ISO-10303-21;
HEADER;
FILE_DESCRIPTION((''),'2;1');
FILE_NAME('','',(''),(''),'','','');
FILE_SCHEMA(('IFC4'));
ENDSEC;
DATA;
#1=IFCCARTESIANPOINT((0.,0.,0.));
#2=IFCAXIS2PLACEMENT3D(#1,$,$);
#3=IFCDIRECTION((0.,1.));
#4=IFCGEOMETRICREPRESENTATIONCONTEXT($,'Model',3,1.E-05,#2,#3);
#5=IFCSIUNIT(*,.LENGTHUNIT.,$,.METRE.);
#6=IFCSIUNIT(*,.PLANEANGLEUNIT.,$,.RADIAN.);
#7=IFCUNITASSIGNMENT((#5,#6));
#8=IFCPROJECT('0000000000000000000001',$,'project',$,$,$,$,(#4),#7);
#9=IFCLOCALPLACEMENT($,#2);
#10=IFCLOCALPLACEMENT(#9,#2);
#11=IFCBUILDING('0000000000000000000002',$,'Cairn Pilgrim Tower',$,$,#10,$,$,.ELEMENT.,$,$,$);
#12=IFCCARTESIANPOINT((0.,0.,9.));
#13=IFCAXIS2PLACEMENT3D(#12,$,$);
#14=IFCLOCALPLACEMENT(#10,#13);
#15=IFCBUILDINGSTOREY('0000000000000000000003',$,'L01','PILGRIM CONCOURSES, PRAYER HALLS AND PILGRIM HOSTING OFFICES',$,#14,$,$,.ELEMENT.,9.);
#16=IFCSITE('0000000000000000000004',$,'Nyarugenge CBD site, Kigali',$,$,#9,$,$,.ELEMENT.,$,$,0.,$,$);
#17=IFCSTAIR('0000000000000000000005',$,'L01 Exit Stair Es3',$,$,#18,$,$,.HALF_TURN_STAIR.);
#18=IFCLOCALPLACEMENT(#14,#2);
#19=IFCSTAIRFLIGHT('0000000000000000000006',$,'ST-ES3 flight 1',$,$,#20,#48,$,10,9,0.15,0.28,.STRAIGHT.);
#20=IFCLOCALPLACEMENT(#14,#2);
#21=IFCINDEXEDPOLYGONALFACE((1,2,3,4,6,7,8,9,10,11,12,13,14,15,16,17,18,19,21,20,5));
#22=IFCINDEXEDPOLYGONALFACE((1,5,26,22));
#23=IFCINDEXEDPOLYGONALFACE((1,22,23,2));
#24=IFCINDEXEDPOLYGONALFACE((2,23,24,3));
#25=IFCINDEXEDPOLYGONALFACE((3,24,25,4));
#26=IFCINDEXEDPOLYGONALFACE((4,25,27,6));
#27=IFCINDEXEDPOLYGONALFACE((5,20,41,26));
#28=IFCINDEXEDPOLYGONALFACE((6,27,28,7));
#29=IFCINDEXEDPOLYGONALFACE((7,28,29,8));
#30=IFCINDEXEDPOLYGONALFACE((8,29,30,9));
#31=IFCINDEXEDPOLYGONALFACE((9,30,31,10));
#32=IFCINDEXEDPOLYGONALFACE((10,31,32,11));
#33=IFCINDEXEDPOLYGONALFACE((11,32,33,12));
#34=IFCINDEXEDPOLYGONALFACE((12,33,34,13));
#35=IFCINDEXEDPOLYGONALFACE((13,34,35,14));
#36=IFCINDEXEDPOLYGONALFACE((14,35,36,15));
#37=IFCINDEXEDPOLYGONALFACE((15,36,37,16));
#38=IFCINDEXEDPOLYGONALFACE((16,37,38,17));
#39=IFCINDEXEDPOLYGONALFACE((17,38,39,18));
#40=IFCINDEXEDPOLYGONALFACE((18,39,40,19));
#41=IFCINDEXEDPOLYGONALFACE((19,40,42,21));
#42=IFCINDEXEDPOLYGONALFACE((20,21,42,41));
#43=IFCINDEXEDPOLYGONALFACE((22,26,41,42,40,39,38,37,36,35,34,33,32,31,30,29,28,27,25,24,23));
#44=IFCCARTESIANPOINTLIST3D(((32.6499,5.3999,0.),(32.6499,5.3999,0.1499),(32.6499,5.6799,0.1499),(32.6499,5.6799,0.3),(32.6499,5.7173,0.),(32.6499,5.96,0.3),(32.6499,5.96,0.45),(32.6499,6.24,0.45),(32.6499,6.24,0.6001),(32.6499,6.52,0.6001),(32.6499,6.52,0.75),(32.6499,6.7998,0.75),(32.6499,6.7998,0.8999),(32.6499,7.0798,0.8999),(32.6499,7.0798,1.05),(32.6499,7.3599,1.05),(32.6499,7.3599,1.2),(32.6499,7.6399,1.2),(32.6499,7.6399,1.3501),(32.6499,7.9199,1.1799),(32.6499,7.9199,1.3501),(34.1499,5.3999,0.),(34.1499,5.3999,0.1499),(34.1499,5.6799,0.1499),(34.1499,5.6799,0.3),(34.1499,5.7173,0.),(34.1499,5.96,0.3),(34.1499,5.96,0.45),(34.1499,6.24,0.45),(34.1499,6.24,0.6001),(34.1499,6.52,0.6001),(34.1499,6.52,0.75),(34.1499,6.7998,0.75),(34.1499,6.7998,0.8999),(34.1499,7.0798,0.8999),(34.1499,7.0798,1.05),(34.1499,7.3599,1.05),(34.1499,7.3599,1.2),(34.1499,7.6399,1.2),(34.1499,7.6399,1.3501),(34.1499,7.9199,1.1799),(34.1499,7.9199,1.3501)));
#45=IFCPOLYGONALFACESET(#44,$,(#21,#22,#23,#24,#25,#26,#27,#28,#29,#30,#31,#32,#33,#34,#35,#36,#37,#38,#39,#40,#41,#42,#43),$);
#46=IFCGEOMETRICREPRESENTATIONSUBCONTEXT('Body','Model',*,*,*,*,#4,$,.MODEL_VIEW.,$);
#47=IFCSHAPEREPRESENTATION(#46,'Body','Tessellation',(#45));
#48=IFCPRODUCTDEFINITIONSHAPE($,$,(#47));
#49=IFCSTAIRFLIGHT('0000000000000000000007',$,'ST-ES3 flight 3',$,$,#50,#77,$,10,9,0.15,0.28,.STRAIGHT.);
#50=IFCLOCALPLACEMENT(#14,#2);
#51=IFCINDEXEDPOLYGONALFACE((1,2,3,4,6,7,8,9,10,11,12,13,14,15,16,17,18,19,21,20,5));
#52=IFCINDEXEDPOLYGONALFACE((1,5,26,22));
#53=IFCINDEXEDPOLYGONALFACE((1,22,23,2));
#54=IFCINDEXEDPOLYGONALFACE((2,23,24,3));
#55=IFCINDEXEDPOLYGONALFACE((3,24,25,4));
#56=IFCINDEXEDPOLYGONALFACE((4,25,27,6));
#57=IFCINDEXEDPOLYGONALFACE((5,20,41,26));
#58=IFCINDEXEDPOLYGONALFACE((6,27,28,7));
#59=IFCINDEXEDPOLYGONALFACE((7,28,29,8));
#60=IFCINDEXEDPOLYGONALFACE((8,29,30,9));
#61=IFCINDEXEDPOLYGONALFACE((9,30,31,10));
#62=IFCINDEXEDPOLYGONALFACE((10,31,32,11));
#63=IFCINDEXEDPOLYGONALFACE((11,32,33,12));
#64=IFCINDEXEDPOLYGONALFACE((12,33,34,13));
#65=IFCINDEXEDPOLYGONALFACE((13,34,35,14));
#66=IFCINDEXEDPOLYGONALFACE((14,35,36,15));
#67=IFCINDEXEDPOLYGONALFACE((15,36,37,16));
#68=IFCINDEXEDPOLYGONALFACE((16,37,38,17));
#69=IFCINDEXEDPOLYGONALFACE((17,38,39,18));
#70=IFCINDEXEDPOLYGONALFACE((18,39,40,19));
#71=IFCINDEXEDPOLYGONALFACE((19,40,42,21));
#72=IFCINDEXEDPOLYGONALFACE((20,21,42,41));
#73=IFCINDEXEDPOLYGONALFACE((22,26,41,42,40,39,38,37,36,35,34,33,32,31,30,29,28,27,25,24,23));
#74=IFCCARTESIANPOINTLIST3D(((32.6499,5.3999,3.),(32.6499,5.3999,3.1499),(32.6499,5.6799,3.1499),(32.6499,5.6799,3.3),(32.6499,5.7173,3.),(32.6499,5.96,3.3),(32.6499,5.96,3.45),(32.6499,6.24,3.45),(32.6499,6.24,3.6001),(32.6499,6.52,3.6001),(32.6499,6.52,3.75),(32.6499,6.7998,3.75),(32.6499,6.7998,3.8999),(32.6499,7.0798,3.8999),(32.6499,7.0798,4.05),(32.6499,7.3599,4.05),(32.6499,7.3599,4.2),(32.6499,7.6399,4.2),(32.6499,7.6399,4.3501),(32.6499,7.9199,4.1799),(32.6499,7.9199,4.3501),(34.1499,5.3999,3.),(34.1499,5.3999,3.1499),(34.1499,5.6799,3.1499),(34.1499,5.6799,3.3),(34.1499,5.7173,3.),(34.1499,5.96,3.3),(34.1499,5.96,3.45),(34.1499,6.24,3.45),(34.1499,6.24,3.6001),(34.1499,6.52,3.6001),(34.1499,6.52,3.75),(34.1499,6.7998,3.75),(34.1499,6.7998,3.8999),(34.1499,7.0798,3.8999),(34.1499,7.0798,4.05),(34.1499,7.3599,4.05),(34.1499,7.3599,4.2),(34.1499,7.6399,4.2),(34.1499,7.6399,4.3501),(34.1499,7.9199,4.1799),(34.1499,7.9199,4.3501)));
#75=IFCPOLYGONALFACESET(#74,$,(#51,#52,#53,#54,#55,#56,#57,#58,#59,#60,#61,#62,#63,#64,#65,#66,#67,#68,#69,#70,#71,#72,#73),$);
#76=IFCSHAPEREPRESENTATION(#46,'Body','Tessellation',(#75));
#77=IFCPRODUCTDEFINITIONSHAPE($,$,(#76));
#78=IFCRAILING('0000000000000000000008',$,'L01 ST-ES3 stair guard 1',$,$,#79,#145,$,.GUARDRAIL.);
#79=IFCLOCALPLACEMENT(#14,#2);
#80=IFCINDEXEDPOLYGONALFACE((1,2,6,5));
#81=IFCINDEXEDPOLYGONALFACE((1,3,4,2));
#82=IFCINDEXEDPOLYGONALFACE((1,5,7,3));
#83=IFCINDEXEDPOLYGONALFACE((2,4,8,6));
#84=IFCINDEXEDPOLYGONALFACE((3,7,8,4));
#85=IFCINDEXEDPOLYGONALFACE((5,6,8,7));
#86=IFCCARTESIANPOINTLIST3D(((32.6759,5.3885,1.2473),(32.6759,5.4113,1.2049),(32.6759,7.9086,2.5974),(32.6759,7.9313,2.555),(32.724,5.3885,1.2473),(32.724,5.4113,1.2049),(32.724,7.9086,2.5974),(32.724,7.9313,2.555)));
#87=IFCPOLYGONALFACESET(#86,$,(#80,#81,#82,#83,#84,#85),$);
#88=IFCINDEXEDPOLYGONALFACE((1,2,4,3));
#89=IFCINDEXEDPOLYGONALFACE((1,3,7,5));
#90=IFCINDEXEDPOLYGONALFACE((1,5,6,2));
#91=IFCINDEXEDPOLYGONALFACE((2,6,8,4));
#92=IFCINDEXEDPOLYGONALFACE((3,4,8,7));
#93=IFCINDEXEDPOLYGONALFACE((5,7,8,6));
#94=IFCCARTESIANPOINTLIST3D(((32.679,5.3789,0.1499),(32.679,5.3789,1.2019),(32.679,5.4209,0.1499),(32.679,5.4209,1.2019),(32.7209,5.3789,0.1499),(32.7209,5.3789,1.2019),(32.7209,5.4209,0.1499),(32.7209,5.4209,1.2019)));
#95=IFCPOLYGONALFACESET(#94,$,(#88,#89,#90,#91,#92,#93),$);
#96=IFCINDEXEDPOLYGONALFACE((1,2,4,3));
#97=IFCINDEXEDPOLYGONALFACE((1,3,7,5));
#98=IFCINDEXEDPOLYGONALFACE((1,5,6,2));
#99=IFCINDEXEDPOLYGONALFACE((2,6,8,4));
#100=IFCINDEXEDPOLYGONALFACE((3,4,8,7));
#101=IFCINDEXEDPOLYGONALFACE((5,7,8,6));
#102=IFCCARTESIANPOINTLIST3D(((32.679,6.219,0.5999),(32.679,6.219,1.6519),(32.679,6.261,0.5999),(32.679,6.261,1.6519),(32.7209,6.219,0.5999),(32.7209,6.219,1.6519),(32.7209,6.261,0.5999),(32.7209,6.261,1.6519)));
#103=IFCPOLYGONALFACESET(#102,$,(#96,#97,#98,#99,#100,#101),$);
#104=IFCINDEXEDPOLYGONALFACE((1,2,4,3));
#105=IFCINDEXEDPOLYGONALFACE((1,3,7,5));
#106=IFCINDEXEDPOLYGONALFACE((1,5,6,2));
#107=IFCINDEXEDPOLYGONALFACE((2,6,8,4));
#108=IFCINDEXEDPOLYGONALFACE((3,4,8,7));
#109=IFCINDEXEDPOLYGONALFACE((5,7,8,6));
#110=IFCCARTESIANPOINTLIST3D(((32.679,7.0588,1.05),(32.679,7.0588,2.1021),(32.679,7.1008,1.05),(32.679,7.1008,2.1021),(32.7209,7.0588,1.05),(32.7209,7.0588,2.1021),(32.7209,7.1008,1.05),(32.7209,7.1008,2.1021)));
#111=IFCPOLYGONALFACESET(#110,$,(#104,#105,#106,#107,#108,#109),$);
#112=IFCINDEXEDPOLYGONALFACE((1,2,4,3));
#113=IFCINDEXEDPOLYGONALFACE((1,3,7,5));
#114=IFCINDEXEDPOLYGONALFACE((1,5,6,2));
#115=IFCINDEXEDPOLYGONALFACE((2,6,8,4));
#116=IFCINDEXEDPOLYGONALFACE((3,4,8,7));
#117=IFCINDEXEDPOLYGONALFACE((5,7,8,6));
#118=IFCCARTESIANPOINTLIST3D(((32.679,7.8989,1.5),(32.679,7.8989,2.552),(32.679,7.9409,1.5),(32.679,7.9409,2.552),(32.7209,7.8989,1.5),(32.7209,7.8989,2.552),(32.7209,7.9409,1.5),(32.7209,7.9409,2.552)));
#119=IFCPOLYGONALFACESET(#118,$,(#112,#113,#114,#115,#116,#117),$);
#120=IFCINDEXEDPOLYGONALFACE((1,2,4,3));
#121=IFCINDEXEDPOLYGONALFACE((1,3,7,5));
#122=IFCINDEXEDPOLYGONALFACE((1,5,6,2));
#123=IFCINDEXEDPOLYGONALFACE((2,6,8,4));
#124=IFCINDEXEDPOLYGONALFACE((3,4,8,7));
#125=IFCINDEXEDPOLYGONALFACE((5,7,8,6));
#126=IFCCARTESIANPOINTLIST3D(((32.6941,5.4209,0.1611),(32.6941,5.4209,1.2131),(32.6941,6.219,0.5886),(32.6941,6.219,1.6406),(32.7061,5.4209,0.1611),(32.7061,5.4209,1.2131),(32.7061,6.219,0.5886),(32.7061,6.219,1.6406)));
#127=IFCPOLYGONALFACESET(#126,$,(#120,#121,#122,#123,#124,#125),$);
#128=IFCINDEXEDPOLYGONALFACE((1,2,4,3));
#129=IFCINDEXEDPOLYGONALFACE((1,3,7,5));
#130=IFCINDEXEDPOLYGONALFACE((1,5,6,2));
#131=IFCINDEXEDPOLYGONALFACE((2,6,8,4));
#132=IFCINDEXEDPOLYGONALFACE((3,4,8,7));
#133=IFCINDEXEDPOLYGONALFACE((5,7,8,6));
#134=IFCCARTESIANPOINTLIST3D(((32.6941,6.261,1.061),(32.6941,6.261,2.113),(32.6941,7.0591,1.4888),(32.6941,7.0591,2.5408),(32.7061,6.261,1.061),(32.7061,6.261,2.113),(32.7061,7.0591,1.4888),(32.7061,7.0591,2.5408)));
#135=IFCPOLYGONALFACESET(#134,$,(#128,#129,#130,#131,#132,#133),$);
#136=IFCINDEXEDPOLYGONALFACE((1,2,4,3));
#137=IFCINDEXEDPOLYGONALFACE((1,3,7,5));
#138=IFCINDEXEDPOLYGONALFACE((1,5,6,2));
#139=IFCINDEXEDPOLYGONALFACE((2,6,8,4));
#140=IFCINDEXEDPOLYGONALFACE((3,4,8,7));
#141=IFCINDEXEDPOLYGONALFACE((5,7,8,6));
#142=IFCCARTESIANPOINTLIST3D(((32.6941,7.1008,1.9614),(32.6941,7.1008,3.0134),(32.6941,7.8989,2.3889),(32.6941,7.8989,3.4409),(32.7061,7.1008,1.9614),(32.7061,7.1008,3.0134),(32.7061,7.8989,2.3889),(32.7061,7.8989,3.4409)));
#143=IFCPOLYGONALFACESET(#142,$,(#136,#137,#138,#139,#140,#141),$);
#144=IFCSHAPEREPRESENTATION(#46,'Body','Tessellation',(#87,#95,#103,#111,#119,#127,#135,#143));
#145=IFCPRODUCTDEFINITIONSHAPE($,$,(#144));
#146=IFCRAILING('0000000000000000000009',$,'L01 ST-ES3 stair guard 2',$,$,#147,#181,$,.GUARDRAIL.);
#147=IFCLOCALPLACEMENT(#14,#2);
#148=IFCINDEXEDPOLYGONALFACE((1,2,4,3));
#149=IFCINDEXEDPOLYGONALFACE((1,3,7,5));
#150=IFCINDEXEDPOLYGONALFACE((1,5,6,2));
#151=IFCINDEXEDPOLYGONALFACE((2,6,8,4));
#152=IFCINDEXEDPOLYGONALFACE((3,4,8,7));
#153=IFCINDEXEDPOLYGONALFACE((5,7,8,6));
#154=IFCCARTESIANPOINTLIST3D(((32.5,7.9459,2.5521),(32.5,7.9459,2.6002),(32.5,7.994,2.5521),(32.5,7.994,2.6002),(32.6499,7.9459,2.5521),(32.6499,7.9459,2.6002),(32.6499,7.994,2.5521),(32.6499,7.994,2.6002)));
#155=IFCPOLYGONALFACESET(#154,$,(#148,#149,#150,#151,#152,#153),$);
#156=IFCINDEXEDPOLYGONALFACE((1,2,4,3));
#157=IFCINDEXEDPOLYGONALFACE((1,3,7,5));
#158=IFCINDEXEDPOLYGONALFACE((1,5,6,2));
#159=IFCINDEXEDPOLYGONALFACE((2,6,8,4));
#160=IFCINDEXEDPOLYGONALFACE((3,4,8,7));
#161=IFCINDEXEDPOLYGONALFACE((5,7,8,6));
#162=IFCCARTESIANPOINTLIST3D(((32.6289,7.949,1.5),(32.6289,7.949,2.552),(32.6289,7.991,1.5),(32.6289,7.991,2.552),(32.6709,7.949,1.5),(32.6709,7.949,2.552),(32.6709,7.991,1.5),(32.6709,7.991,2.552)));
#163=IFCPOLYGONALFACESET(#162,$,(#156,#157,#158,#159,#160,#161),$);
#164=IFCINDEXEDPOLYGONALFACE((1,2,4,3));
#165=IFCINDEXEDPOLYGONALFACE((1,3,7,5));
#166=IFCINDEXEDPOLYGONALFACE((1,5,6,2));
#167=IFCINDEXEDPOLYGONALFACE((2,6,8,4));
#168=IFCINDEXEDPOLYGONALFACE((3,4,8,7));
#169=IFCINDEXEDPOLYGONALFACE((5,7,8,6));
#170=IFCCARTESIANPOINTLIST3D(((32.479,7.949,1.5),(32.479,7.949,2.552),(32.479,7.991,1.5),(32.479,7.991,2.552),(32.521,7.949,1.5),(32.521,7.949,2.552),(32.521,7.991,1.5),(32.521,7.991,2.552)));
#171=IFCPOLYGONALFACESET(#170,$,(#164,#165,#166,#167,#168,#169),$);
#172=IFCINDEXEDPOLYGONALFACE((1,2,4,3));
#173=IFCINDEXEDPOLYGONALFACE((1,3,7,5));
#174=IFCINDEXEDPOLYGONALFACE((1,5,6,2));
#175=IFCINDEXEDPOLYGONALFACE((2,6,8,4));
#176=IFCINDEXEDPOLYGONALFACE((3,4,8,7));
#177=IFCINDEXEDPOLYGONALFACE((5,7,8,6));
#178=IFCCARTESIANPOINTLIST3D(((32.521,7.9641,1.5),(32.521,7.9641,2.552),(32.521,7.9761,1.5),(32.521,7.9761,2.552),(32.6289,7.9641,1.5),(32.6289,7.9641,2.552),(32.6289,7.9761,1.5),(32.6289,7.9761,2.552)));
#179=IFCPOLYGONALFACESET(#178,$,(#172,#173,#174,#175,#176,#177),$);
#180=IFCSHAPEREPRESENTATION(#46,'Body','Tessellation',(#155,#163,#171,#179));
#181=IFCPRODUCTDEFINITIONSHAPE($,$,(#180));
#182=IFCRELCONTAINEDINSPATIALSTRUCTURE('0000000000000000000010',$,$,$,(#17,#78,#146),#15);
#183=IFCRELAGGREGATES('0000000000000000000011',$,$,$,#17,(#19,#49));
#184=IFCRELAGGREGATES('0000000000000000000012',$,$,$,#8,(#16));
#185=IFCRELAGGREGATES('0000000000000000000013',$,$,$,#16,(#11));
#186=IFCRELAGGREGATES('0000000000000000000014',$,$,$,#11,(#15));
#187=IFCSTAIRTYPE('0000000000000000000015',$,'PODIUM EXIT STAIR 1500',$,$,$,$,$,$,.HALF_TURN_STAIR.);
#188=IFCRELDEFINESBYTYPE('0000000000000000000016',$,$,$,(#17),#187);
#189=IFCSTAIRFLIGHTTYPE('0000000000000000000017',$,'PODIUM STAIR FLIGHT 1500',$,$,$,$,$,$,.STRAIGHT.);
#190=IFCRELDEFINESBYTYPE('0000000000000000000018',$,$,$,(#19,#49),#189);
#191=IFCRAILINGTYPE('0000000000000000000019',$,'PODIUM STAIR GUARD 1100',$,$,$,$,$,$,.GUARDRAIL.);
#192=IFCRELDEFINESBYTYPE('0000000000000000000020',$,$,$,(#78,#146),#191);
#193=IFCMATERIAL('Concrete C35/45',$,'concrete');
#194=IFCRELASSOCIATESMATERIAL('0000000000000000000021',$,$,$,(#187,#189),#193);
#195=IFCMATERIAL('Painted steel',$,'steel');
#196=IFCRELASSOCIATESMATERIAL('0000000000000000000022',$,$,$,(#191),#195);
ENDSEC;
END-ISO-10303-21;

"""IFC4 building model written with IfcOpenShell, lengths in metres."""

from ifc_helpers import new_model, si_unit, direction, frame, origin, origin_2d, place, context, subcontext, project, spatial, polyline, rectangle, outline, extrude, material, type_object, element, aggregate, save


model = new_model("IFC4")

# Units and contexts
model_context = context("Model", 3, precision=1e-05, world=origin(), true_north=direction((0.0, 1.0)))
body_context = subcontext(model_context, "Body", "Model", "MODEL_VIEW")
ifc_project = project(units=[si_unit("LENGTHUNIT", "METRE"), si_unit("PLANEANGLEUNIT", "RADIAN")], contexts=[model_context])

# Site, building, storey
site_placement = place(None, origin())
site = spatial("IfcSite", under=ifc_project, at=site_placement, Name="Nyarugenge CBD site, Kigali", CompositionType="ELEMENT", RefElevation=0.0)
building_placement = place(site_placement, origin())
building = spatial("IfcBuilding", under=site, at=building_placement, Name="Cairn Pilgrim Tower", CompositionType="ELEMENT")
storey_placement = place(building_placement, frame((0.0, 0.0, 9.0)))
storey = spatial("IfcBuildingStorey", under=building, at=storey_placement, Name="L01", Description="PILGRIM CONCOURSES, PRAYER HALLS AND PILGRIM HOSTING OFFICES", CompositionType="ELEMENT", Elevation=9.0)

# Shared definitions
ifc_material_1 = material(Name="Concrete C35/45", Category="concrete")

# Stair, stair flights
stair_type = type_object("IfcStairType", Name="PODIUM EXIT STAIR 1500", PredefinedType="HALF_TURN_STAIR", material=ifc_material_1)
stair_placement = place(storey_placement, origin())
stair = element("IfcStair", 1, at=stair_placement, inside=storey, type_object=stair_type, Name="L01 Exit Stair Es3", PredefinedType="HALF_TURN_STAIR")
stair_flight_type = type_object("IfcStairFlightType", Name="PODIUM STAIR FLIGHT 1500", PredefinedType="STRAIGHT", material=ifc_material_1)
stair_flight_1_placement = place(storey_placement, frame((33.3999, 5.3999, 0.0), z_axis=(0.0, 0.0, 1.0), x_axis=(0.0, 1.0, 0.0)))
stair_flight_1 = element("IfcStairFlight", 2, at=stair_flight_1_placement, type_object=stair_flight_type, Name="ST-ES3 flight 1", NumberOfRisers=10, NumberOfTreads=9, PredefinedType="STRAIGHT", RiserHeight=0.15, TreadLength=0.28, context=body_context, shape_type="SweptSolid", body=[
    extrude(outline(polyline([(0.0, 0.0), (0.0, 0.1499), (0.28, 0.1499), (0.28, 0.3), (0.5601, 0.3), (0.5601, 0.45), (0.8401, 0.45), (0.8401, 0.6001), (1.1201, 0.6001), (1.1201, 0.75), (1.3999, 0.75), (1.3999, 0.8999), (1.6799, 0.8999), (1.6799, 1.05), (1.96, 1.05), (1.96, 1.2), (2.24, 1.2), (2.24, 1.3501), (2.52, 1.3501), (2.52, 1.5), (2.52, 1.1799), (0.3174, 0.0), (0.0, 0.0)])), frame((0.0, 0.75, 0.0), z_axis=(0.0, -1.0, 0.0), x_axis=(1.0, 0.0, 0.0)), (0.0, 0.0, 1.0), 1.5),
])
stair_flight_2_placement = place(storey_placement, frame((33.3999, 5.3999, 3.0), z_axis=(0.0, 0.0, 1.0), x_axis=(0.0, 1.0, 0.0)))
stair_flight_2 = element("IfcStairFlight", 3, at=stair_flight_2_placement, type_object=stair_flight_type, Name="ST-ES3 flight 3", NumberOfRisers=10, NumberOfTreads=9, PredefinedType="STRAIGHT", RiserHeight=0.15, TreadLength=0.28, context=body_context, shape_type="SweptSolid", body=[
    extrude(outline(polyline([(0.0, 0.0), (0.0, 0.1499), (0.28, 0.1499), (0.28, 0.3), (0.5601, 0.3), (0.5601, 0.45), (0.8401, 0.45), (0.8401, 0.6001), (1.1201, 0.6001), (1.1201, 0.75), (1.3999, 0.75), (1.3999, 0.8999), (1.6799, 0.8999), (1.6799, 1.05), (1.96, 1.05), (1.96, 1.2), (2.24, 1.2), (2.24, 1.3501), (2.52, 1.3501), (2.52, 1.5), (2.52, 1.1799), (0.3174, 0.0), (0.0, 0.0)])), frame((0.0, 0.75, 0.0), z_axis=(0.0, -1.0, 0.0), x_axis=(1.0, 0.0, 0.0)), (0.0, 0.0, 1.0), 1.5),
])
aggregate(stair, [stair_flight_1, stair_flight_2])

# Railings
ifc_material_2 = material(Name="Painted steel", Category="steel")
railing_type_1 = type_object("IfcRailingType", Name="PODIUM STAIR GUARD 1100", PredefinedType="GUARDRAIL", material=ifc_material_2)
railing_1_placement = place(storey_placement, frame((32.7, 5.3999, 0.1499)))
element("IfcRailing", 4, at=railing_1_placement, inside=storey, type_object=railing_type_1, Name="L01 ST-ES3 stair guard 1", PredefinedType="GUARDRAIL", context=body_context, shape_type="SweptSolid", body=[
    extrude(rectangle(XDim=0.0481, YDim=0.0481, at=origin_2d()), frame((0.0, 0.0, 1.0762), z_axis=(0.0, 0.881467, 0.472245), x_axis=(-1.0, 0.0, 0.0)), (0.0, 0.0, 1.0), 2.8589),
    extrude(rectangle(XDim=0.042, YDim=0.042, at=origin_2d()), origin(), (0.0, 0.0, 1.0), 1.052),
    extrude(rectangle(XDim=0.042, YDim=0.042, at=origin_2d()), frame((0.0, 0.8401, 0.45)), (0.0, 0.0, 1.0), 1.052),
    extrude(rectangle(XDim=0.042, YDim=0.042, at=origin_2d()), frame((0.0, 1.6799, 0.9001)), (0.0, 0.0, 1.0), 1.052),
    extrude(rectangle(XDim=0.042, YDim=0.042, at=origin_2d()), frame((0.0, 2.52, 1.3501)), (0.0, 0.0, 1.0), 1.052),
    extrude(outline(polyline([(0.021, 0.0112), (0.8191, 0.4387), (0.8191, 1.4907), (0.021, 1.0632), (0.021, 0.0112)])), frame((-0.0059, 0.0, 0.0), z_axis=(1.0, 0.0, 0.0), x_axis=(0.0, 1.0, 0.0)), (0.0, 0.0, 1.0), 0.012),
    extrude(outline(polyline([(0.021, 0.4612), (0.8191, 0.8889), (0.8191, 1.9409), (0.021, 1.5132), (0.021, 0.4612)])), frame((-0.0059, 0.8401, 0.45), z_axis=(1.0, 0.0, 0.0), x_axis=(0.0, 1.0, 0.0)), (0.0, 0.0, 1.0), 0.012),
    extrude(outline(polyline([(0.021, 0.9114), (0.8191, 1.3389), (0.8191, 2.3909), (0.021, 1.9634), (0.021, 0.9114)])), frame((-0.0059, 1.6799, 0.9001), z_axis=(1.0, 0.0, 0.0), x_axis=(0.0, 1.0, 0.0)), (0.0, 0.0, 1.0), 0.012),
])
railing_2_placement = place(storey_placement, frame((32.6499, 7.97, 1.5)))
element("IfcRailing", 5, at=railing_2_placement, inside=storey, type_object=railing_type_1, Name="L01 ST-ES3 stair guard 2", PredefinedType="GUARDRAIL", context=body_context, shape_type="SweptSolid", body=[
    extrude(rectangle(XDim=0.0481, YDim=0.0481, at=origin_2d()), frame((0.0, 0.0, 1.0762), z_axis=(-1.0, 0.0, 0.0), x_axis=(0.0, -1.0, 0.0)), (0.0, 0.0, 1.0), 0.1499),
    extrude(rectangle(XDim=0.042, YDim=0.042, at=origin_2d()), origin(), (0.0, 0.0, 1.0), 1.052),
    extrude(rectangle(XDim=0.042, YDim=0.042, at=origin_2d()), frame((-0.1499, 0.0, 0.0)), (0.0, 0.0, 1.0), 1.052),
    extrude(outline(polyline([(0.021, 0.0), (0.1289, 0.0), (0.1289, 1.052), (0.021, 1.052), (0.021, 0.0)])), frame((0.0, -0.0059, 0.0), z_axis=(0.0, 1.0, 0.0), x_axis=(-1.0, 0.0, 0.0)), (0.0, 0.0, 1.0), 0.012),
])

save(model, "model.ifc")
